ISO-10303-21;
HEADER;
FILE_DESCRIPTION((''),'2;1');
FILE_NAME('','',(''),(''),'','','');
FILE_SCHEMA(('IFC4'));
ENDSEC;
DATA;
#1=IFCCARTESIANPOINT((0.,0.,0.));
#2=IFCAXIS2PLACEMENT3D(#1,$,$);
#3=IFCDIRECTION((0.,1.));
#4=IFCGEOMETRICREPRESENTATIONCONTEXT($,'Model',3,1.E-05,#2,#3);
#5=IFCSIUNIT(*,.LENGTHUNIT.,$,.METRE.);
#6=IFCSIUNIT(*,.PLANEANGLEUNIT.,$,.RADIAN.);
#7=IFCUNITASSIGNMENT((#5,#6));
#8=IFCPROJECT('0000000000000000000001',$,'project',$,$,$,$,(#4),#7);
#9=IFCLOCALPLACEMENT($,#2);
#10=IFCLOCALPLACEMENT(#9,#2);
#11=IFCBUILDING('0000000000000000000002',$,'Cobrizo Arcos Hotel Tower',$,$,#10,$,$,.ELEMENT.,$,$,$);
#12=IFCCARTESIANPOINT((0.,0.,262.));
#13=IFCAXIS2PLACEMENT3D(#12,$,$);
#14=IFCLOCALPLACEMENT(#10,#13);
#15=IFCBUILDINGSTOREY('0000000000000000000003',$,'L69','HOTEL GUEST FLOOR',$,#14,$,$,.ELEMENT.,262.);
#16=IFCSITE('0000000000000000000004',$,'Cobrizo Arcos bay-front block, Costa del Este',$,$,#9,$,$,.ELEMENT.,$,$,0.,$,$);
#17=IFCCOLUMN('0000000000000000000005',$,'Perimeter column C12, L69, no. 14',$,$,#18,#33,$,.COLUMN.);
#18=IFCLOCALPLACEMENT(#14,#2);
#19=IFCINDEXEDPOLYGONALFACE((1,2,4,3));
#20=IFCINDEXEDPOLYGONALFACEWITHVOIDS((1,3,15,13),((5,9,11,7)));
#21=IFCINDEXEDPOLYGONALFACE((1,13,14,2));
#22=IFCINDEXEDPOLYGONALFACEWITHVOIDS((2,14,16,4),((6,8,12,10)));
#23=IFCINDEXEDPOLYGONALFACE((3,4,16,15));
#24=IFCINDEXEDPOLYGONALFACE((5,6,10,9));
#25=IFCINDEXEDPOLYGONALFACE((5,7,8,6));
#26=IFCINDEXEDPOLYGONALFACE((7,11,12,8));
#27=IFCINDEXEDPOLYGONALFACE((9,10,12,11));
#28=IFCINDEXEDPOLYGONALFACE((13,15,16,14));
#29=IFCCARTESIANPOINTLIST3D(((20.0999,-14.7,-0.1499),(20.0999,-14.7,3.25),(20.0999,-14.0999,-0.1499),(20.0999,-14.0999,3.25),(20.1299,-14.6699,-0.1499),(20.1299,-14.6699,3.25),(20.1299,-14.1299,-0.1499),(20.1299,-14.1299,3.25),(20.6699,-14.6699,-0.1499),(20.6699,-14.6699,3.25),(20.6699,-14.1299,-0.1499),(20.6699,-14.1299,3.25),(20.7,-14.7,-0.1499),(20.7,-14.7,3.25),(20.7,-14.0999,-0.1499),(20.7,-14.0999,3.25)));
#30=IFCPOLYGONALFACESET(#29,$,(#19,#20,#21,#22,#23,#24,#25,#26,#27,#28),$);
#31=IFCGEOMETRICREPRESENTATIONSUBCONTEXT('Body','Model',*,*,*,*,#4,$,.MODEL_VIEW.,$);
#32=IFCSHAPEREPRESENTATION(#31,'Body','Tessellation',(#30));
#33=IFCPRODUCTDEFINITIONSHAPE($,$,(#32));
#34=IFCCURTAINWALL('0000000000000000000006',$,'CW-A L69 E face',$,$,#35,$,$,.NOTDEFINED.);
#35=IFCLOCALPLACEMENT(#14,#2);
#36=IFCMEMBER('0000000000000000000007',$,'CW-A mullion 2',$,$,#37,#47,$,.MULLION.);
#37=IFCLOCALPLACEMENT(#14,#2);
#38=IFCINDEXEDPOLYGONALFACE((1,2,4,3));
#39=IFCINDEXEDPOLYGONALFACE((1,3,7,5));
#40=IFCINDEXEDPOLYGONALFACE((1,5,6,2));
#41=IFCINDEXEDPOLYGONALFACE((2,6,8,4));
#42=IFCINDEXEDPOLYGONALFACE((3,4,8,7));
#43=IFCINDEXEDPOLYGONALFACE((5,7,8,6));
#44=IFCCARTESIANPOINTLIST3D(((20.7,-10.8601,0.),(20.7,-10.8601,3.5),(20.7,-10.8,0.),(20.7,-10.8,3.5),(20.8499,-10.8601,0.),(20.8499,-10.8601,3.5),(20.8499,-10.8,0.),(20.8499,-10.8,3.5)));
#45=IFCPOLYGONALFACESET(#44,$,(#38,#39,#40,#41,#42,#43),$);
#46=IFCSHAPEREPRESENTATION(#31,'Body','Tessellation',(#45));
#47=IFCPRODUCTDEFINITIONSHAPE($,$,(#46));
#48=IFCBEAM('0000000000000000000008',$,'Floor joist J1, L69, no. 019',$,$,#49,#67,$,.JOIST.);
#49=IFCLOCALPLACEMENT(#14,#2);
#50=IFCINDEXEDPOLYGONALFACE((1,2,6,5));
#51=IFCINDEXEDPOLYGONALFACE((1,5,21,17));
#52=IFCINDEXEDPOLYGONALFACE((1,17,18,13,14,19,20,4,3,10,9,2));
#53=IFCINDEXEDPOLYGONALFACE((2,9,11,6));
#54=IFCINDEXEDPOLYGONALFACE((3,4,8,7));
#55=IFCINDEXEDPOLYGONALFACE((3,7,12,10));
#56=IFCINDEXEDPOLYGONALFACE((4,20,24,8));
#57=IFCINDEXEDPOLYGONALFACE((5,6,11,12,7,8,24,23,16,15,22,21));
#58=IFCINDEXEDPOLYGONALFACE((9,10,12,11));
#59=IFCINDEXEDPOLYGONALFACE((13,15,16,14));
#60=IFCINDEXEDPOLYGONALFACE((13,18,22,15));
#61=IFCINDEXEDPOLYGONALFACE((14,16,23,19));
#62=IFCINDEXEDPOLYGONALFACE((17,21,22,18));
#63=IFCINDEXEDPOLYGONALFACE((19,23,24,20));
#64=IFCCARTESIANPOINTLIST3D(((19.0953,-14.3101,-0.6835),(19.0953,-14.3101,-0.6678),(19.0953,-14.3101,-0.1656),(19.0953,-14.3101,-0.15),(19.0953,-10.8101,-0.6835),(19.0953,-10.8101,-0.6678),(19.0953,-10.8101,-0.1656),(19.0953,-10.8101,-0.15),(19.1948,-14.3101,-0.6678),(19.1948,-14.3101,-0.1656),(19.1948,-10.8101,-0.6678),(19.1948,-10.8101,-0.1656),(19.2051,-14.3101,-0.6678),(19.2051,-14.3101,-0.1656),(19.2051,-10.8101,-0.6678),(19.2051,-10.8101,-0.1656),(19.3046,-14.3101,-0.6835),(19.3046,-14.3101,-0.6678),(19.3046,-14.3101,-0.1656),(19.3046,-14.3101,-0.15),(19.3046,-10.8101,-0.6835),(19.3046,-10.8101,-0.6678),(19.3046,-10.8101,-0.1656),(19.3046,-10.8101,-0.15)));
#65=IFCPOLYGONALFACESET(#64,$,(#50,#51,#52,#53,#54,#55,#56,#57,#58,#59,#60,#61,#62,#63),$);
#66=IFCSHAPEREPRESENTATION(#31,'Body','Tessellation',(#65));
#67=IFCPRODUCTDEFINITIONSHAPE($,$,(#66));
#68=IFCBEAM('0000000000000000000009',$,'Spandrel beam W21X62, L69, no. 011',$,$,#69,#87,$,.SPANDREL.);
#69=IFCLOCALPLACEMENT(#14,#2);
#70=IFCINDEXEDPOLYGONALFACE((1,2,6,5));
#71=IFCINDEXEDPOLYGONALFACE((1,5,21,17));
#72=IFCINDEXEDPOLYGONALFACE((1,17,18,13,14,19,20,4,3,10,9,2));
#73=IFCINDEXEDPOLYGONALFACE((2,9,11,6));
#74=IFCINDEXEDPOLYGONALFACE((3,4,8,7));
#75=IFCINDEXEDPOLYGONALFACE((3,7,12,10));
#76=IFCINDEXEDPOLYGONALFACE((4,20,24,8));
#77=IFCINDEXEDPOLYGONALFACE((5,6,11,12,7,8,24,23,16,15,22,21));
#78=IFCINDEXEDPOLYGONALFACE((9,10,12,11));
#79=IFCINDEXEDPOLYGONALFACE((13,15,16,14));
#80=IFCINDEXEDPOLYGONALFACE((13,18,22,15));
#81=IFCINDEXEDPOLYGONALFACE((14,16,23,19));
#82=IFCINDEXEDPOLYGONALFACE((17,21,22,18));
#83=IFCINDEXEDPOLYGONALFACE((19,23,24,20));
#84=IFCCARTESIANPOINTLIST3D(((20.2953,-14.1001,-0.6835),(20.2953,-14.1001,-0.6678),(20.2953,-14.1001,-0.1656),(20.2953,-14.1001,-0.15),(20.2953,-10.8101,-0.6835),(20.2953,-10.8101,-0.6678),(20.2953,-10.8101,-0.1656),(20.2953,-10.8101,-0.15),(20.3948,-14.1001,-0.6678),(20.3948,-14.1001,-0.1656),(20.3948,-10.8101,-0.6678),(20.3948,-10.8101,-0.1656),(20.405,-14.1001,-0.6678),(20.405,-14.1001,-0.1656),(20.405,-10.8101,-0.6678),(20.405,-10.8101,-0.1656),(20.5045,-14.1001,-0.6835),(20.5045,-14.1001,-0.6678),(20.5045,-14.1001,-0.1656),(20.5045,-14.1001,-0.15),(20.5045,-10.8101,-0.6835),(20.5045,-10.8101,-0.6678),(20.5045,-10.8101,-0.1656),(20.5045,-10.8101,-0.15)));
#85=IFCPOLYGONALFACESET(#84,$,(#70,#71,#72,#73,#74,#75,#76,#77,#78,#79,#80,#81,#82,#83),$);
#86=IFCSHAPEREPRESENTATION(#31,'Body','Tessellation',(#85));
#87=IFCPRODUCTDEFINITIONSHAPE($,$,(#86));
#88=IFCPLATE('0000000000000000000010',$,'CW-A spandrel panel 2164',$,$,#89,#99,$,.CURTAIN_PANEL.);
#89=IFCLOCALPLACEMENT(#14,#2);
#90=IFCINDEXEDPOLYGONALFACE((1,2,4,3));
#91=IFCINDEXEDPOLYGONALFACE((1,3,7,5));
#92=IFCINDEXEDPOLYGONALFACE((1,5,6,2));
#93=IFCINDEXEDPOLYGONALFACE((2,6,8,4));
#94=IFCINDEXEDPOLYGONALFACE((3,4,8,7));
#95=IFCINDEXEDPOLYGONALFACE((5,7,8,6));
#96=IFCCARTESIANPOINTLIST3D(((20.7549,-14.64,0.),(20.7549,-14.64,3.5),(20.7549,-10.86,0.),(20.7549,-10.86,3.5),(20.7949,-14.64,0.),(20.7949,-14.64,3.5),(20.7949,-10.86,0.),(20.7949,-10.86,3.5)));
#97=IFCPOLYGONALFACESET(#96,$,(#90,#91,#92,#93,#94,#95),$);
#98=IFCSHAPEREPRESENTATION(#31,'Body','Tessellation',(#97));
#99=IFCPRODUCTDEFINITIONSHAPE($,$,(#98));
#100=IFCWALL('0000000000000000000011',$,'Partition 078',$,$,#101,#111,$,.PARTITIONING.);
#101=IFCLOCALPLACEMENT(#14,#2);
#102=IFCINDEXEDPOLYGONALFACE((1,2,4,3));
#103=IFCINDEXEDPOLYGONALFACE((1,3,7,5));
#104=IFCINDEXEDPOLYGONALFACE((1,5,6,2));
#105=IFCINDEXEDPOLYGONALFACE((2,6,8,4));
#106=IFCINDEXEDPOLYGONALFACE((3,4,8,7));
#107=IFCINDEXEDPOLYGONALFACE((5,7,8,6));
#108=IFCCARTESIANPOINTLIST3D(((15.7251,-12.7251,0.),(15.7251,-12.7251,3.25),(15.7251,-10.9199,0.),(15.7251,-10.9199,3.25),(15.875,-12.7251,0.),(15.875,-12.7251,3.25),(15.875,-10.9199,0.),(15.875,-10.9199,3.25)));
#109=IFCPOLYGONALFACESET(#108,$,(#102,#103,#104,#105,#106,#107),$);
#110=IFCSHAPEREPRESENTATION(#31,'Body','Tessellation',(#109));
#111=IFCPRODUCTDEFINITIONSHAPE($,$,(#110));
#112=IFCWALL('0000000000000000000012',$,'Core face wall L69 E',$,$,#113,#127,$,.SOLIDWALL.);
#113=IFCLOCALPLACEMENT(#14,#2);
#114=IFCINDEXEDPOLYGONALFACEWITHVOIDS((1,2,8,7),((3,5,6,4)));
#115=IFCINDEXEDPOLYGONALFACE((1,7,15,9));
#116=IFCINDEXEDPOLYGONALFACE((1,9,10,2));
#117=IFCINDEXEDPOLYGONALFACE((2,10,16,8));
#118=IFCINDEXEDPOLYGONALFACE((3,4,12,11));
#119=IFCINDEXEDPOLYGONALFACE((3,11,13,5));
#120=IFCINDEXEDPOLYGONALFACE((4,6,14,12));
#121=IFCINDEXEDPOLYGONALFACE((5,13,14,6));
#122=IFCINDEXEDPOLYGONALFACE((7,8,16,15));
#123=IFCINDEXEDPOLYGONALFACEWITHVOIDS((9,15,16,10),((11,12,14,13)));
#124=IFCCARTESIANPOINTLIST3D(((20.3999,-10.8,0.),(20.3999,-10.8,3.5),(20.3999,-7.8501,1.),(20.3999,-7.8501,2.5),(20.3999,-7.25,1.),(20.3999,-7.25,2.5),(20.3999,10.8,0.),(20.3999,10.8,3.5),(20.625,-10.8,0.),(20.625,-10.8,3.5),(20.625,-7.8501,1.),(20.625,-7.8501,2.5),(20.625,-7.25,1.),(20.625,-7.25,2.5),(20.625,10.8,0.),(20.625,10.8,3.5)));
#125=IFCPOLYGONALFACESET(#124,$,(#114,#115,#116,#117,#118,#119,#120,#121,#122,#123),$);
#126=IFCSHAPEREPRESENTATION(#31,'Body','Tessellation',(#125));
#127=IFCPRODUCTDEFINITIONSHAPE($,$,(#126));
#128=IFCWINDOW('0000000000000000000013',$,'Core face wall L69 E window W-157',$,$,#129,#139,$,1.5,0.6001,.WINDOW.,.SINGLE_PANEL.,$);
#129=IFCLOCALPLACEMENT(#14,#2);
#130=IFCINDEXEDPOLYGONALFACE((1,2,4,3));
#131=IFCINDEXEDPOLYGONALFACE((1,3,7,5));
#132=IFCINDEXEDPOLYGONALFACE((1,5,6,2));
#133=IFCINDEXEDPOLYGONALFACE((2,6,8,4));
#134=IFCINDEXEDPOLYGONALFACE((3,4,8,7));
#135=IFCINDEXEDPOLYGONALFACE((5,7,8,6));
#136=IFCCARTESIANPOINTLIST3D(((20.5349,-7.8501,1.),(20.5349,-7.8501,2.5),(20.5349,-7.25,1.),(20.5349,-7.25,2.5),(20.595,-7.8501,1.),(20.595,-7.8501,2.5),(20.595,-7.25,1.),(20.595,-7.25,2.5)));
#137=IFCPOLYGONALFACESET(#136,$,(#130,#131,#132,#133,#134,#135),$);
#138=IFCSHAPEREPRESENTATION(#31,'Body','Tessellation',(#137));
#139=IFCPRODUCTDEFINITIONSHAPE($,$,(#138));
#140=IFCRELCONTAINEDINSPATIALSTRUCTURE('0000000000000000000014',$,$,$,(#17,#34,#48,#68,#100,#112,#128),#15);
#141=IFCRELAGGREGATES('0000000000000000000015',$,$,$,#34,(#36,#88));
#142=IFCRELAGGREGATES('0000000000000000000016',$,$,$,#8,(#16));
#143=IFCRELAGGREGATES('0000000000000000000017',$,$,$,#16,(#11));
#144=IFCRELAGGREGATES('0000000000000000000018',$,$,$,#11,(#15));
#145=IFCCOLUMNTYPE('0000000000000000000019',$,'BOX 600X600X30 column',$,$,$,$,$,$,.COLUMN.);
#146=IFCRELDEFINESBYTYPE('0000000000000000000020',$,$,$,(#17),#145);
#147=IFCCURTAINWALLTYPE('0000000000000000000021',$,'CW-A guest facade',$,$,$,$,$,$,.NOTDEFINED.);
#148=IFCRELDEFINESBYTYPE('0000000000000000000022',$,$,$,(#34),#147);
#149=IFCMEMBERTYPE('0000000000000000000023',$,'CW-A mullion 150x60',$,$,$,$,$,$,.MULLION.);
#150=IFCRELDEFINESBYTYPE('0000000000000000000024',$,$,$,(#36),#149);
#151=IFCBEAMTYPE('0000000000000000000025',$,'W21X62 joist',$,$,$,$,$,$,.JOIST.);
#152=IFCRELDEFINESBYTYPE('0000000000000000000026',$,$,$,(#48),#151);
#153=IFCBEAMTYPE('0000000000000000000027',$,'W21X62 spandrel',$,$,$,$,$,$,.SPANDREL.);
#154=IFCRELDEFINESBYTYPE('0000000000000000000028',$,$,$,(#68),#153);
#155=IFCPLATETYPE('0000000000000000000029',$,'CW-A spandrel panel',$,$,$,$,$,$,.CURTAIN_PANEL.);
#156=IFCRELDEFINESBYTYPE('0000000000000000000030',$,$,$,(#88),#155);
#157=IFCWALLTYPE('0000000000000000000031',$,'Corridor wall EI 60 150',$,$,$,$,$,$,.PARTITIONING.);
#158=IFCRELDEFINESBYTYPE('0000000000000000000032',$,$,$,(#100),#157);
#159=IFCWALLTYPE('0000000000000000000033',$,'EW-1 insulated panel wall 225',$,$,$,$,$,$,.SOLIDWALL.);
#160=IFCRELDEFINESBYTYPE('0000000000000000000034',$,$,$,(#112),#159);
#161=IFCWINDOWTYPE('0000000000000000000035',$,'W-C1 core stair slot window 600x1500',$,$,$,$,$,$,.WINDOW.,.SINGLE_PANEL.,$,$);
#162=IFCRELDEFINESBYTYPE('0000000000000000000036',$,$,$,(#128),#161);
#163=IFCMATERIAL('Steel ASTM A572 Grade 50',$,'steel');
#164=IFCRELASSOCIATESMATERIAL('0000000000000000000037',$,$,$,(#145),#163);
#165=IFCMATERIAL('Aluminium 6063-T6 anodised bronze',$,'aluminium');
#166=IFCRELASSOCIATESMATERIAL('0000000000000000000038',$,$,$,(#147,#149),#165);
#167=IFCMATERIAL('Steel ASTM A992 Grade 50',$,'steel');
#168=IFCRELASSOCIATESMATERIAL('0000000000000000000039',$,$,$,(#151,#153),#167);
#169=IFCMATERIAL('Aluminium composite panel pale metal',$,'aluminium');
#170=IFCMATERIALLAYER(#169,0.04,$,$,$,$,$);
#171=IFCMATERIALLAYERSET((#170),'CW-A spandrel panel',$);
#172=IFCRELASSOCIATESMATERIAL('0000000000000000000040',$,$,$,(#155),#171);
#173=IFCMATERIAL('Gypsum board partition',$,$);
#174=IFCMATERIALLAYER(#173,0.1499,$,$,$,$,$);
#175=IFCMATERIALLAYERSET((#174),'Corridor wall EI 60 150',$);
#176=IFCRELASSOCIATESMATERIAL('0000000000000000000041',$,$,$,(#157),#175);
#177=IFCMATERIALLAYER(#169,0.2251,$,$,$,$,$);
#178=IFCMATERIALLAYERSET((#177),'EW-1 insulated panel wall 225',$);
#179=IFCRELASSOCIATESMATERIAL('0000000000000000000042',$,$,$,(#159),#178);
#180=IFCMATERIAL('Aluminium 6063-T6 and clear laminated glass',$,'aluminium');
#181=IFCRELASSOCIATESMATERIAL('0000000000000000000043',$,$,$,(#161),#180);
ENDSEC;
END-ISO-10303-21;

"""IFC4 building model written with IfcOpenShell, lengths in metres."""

from ifc_helpers import new_model, si_unit, direction, frame, frame_2d, origin, origin_2d, place, context, subcontext, project, spatial, rectangle, hollow_rectangle, i_section, extrude, material, layer, layer_set, material_profile, profile_set, type_object, element, fill, aggregate, save


model = new_model("IFC4")

# Units and contexts
model_context = context("Model", 3, precision=1e-05, world=origin(), true_north=direction((0.0, 1.0)))
body_context = subcontext(model_context, "Body", "Model", "MODEL_VIEW")
ifc_project = project(units=[si_unit("LENGTHUNIT", "METRE"), si_unit("PLANEANGLEUNIT", "RADIAN")], contexts=[model_context])

# Site, building, storey
site_placement = place(None, origin())
site = spatial("IfcSite", under=ifc_project, at=site_placement, Name="Cobrizo Arcos bay-front block, Costa del Este", CompositionType="ELEMENT", RefElevation=0.0)
building_placement = place(site_placement, origin())
building = spatial("IfcBuilding", under=site, at=building_placement, Name="Cobrizo Arcos Hotel Tower", CompositionType="ELEMENT")
storey_placement = place(building_placement, frame((0.0, 0.0, 262.0)))
storey = spatial("IfcBuildingStorey", under=building, at=storey_placement, Name="L69", Description="HOTEL GUEST FLOOR", CompositionType="ELEMENT", Elevation=262.0)

# Column
ifc_material_1 = material(Name="Steel ASTM A572 Grade 50", Category="steel")
ifc_material_profile_1 = material_profile(ifc_material_1, hollow_rectangle(XDim=0.6001, YDim=0.6001, WallThickness=0.03, at=origin_2d()), Name="BOX 600X600X30")
ifc_profile_set_1 = profile_set([ifc_material_profile_1], Name="Steel ASTM A572 Grade 50")
column_type = type_object("IfcColumnType", Name="BOX 600X600X30 column", PredefinedType="COLUMN", material=ifc_profile_set_1)
column_placement = place(storey_placement, frame((20.3999, -14.3999, -0.1499), z_axis=(0.0, 0.0, 1.0), x_axis=(1.0, 0.0, 0.0)))
element("IfcColumn", 1, at=column_placement, inside=storey, type_object=column_type, Name="Perimeter column C12, L69, no. 14", PredefinedType="COLUMN", context=body_context, shape_type="SweptSolid", body=[
    extrude(hollow_rectangle(XDim=0.6001, YDim=0.6001, WallThickness=0.03, at=origin_2d()), origin(), (0.0, 0.0, 1.0), 3.3999),
])

# Curtain wall, member
ifc_material_2 = material(Name="Aluminium 6063-T6 anodised bronze", Category="aluminium")
curtain_wall_type = type_object("IfcCurtainWallType", Name="CW-A guest facade", PredefinedType="NOTDEFINED", material=ifc_material_2)
curtain_wall_placement = place(storey_placement, origin())
curtain_wall = element("IfcCurtainWall", 2, at=curtain_wall_placement, inside=storey, type_object=curtain_wall_type, Name="CW-A L69 E face", PredefinedType="NOTDEFINED")
ifc_material_profile_2 = material_profile(ifc_material_2, rectangle(XDim=0.1499, YDim=0.0601, at=origin_2d()), Name="CW-A mullion 150x60")
ifc_profile_set_2 = profile_set([ifc_material_profile_2], Name="Aluminium 6063-T6 anodised bronze")
member_type = type_object("IfcMemberType", Name="CW-A mullion 150x60", PredefinedType="MULLION", material=ifc_profile_set_2)
member_placement = place(storey_placement, frame((20.7749, -10.8301, 0.0), z_axis=(0.0, 0.0, 1.0), x_axis=(1.0, 0.0, 0.0)))
member = element("IfcMember", 3, at=member_placement, type_object=member_type, Name="CW-A mullion 2", PredefinedType="MULLION", context=body_context, shape_type="SweptSolid", body=[
    extrude(rectangle(XDim=0.1499, YDim=0.0601, at=origin_2d()), origin(), (0.0, 0.0, 1.0), 3.5),
])

# Beams
ifc_material_3 = material(Name="Steel ASTM A992 Grade 50", Category="steel")
ifc_material_profile_3 = material_profile(ifc_material_3, i_section(OverallWidth=0.2092, OverallDepth=0.5334, WebThickness=0.0103, FlangeThickness=0.0156, at=origin_2d()), Name="W21X62")
ifc_profile_set_3 = profile_set([ifc_material_profile_3], Name="Steel ASTM A992 Grade 50")
beam_type_1 = type_object("IfcBeamType", Name="W21X62 joist", PredefinedType="JOIST", material=ifc_profile_set_3)
beam_1_placement = place(storey_placement, frame((19.2, -14.3101, -0.4167), z_axis=(0.0, 1.0, 0.0), x_axis=(-1.0, 0.0, 0.0)))
element("IfcBeam", 4, at=beam_1_placement, inside=storey, type_object=beam_type_1, Name="Floor joist J1, L69, no. 019", PredefinedType="JOIST", context=body_context, shape_type="SweptSolid", body=[
    extrude(i_section(OverallWidth=0.2092, OverallDepth=0.5334, WebThickness=0.0103, FlangeThickness=0.0156, at=origin_2d()), origin(), (0.0, 0.0, 1.0), 3.5),
])
ifc_material_profile_4 = material_profile(ifc_material_3, i_section(OverallWidth=0.2092, OverallDepth=0.5334, WebThickness=0.0103, FlangeThickness=0.0156, at=origin_2d()), Name="W21X62")
ifc_profile_set_4 = profile_set([ifc_material_profile_4], Name="Steel ASTM A992 Grade 50")
beam_type_2 = type_object("IfcBeamType", Name="W21X62 spandrel", PredefinedType="SPANDREL", material=ifc_profile_set_4)
beam_2_placement = place(storey_placement, frame((20.3999, -14.1001, -0.4167), z_axis=(0.0, 1.0, 0.0), x_axis=(-1.0, 0.0, 0.0)))
element("IfcBeam", 5, at=beam_2_placement, inside=storey, type_object=beam_type_2, Name="Spandrel beam W21X62, L69, no. 011", PredefinedType="SPANDREL", context=body_context, shape_type="SweptSolid", body=[
    extrude(i_section(OverallWidth=0.2092, OverallDepth=0.5334, WebThickness=0.0103, FlangeThickness=0.0156, at=origin_2d()), origin(), (0.0, 0.0, 1.0), 3.29),
])

# Plate
ifc_material_4 = material(Name="Aluminium composite panel pale metal", Category="aluminium")
ifc_layer_1 = layer(ifc_material_4, 0.04)
ifc_layer_set_1 = layer_set([ifc_layer_1], Name="CW-A spandrel panel")
plate_type = type_object("IfcPlateType", Name="CW-A spandrel panel", PredefinedType="CURTAIN_PANEL", material=ifc_layer_set_1)
plate_placement = place(storey_placement, frame((20.7749, -12.75, 0.0), z_axis=(0.0, 0.0, 1.0), x_axis=(0.0, 1.0, 0.0)))
plate = element("IfcPlate", 6, at=plate_placement, type_object=plate_type, Name="CW-A spandrel panel 2164", PredefinedType="CURTAIN_PANEL", context=body_context, shape_type="SweptSolid", body=[
    extrude(rectangle(XDim=3.78, YDim=0.04, at=origin_2d()), origin(), (0.0, 0.0, 1.0), 3.5),
])
aggregate(curtain_wall, [member, plate])

# Wall
ifc_material_5 = material(Name="Gypsum board partition")
ifc_layer_2 = layer(ifc_material_5, 0.1499)
ifc_layer_set_2 = layer_set([ifc_layer_2], Name="Corridor wall EI 60 150")
wall_type_1 = type_object("IfcWallType", Name="Corridor wall EI 60 150", PredefinedType="PARTITIONING", material=ifc_layer_set_2)
wall_1_placement = place(storey_placement, frame((15.8, -12.7251, 0.0), z_axis=(0.0, 0.0, 1.0), x_axis=(0.0, 1.0, 0.0)))
element("IfcWall", 7, at=wall_1_placement, inside=storey, type_object=wall_type_1, Name="Partition 078", PredefinedType="PARTITIONING", context=body_context, shape_type="SweptSolid", body=[
    extrude(rectangle(XDim=1.8052, YDim=0.1499, at=frame_2d((0.9026, 0.0))), origin(), (0.0, 0.0, 1.0), 3.25),
])

# Wall, opening, window
ifc_layer_3 = layer(ifc_material_4, 0.2251)
ifc_layer_set_3 = layer_set([ifc_layer_3], Name="EW-1 insulated panel wall 225")
wall_type_2 = type_object("IfcWallType", Name="EW-1 insulated panel wall 225", PredefinedType="SOLIDWALL", material=ifc_layer_set_3)
wall_2_placement = place(storey_placement, frame((20.5125, -10.8, 0.0), z_axis=(0.0, 0.0, 1.0), x_axis=(0.0, 1.0, 0.0)))
wall_2 = element("IfcWall", 8, at=wall_2_placement, inside=storey, type_object=wall_type_2, Name="Core face wall L69 E", PredefinedType="SOLIDWALL", context=body_context, shape_type="SweptSolid", body=[
    extrude(rectangle(XDim=21.6001, YDim=0.2251, at=frame_2d((10.8, 0.0))), origin(), (0.0, 0.0, 1.0), 3.5),
])
opening_1_placement = place(wall_2_placement, frame((2.95, 0.0, 1.0)))
opening_1 = element("IfcOpeningElement", 9, at=opening_1_placement, cuts=wall_2, PredefinedType="OPENING", context=body_context, shape_type="SweptSolid", body=[
    extrude(rectangle(XDim=0.6001, YDim=1.5, at=frame_2d((0.3, 0.75))), frame((0.0, 0.1245, 0.0), z_axis=(0.0, -1.0, 0.0), x_axis=(1.0, 0.0, 0.0)), (0.0, 0.0, 1.0), 0.249),
])
ifc_material_6 = material(Name="Aluminium 6063-T6 and clear laminated glass", Category="aluminium")
window_type = type_object("IfcWindowType", Name="W-C1 core stair slot window 600x1500", PartitioningType="SINGLE_PANEL", PredefinedType="WINDOW", material=ifc_material_6)
window_placement = place(opening_1_placement, origin())
window = element("IfcWindow", 10, at=window_placement, inside=storey, type_object=window_type, Name="Core face wall L69 E window W-157", OverallHeight=1.5, OverallWidth=0.6001, PartitioningType="SINGLE_PANEL", PredefinedType="WINDOW", context=body_context, shape_type="SweptSolid", body=[
    extrude(rectangle(XDim=0.6001, YDim=1.5, at=frame_2d((0.3, 0.75))), frame((0.0, -0.0225, 0.0), z_axis=(0.0, -1.0, 0.0), x_axis=(1.0, 0.0, 0.0)), (0.0, 0.0, 1.0), 0.0601),
])
fill(opening_1, window)

save(model, "model.ifc")
